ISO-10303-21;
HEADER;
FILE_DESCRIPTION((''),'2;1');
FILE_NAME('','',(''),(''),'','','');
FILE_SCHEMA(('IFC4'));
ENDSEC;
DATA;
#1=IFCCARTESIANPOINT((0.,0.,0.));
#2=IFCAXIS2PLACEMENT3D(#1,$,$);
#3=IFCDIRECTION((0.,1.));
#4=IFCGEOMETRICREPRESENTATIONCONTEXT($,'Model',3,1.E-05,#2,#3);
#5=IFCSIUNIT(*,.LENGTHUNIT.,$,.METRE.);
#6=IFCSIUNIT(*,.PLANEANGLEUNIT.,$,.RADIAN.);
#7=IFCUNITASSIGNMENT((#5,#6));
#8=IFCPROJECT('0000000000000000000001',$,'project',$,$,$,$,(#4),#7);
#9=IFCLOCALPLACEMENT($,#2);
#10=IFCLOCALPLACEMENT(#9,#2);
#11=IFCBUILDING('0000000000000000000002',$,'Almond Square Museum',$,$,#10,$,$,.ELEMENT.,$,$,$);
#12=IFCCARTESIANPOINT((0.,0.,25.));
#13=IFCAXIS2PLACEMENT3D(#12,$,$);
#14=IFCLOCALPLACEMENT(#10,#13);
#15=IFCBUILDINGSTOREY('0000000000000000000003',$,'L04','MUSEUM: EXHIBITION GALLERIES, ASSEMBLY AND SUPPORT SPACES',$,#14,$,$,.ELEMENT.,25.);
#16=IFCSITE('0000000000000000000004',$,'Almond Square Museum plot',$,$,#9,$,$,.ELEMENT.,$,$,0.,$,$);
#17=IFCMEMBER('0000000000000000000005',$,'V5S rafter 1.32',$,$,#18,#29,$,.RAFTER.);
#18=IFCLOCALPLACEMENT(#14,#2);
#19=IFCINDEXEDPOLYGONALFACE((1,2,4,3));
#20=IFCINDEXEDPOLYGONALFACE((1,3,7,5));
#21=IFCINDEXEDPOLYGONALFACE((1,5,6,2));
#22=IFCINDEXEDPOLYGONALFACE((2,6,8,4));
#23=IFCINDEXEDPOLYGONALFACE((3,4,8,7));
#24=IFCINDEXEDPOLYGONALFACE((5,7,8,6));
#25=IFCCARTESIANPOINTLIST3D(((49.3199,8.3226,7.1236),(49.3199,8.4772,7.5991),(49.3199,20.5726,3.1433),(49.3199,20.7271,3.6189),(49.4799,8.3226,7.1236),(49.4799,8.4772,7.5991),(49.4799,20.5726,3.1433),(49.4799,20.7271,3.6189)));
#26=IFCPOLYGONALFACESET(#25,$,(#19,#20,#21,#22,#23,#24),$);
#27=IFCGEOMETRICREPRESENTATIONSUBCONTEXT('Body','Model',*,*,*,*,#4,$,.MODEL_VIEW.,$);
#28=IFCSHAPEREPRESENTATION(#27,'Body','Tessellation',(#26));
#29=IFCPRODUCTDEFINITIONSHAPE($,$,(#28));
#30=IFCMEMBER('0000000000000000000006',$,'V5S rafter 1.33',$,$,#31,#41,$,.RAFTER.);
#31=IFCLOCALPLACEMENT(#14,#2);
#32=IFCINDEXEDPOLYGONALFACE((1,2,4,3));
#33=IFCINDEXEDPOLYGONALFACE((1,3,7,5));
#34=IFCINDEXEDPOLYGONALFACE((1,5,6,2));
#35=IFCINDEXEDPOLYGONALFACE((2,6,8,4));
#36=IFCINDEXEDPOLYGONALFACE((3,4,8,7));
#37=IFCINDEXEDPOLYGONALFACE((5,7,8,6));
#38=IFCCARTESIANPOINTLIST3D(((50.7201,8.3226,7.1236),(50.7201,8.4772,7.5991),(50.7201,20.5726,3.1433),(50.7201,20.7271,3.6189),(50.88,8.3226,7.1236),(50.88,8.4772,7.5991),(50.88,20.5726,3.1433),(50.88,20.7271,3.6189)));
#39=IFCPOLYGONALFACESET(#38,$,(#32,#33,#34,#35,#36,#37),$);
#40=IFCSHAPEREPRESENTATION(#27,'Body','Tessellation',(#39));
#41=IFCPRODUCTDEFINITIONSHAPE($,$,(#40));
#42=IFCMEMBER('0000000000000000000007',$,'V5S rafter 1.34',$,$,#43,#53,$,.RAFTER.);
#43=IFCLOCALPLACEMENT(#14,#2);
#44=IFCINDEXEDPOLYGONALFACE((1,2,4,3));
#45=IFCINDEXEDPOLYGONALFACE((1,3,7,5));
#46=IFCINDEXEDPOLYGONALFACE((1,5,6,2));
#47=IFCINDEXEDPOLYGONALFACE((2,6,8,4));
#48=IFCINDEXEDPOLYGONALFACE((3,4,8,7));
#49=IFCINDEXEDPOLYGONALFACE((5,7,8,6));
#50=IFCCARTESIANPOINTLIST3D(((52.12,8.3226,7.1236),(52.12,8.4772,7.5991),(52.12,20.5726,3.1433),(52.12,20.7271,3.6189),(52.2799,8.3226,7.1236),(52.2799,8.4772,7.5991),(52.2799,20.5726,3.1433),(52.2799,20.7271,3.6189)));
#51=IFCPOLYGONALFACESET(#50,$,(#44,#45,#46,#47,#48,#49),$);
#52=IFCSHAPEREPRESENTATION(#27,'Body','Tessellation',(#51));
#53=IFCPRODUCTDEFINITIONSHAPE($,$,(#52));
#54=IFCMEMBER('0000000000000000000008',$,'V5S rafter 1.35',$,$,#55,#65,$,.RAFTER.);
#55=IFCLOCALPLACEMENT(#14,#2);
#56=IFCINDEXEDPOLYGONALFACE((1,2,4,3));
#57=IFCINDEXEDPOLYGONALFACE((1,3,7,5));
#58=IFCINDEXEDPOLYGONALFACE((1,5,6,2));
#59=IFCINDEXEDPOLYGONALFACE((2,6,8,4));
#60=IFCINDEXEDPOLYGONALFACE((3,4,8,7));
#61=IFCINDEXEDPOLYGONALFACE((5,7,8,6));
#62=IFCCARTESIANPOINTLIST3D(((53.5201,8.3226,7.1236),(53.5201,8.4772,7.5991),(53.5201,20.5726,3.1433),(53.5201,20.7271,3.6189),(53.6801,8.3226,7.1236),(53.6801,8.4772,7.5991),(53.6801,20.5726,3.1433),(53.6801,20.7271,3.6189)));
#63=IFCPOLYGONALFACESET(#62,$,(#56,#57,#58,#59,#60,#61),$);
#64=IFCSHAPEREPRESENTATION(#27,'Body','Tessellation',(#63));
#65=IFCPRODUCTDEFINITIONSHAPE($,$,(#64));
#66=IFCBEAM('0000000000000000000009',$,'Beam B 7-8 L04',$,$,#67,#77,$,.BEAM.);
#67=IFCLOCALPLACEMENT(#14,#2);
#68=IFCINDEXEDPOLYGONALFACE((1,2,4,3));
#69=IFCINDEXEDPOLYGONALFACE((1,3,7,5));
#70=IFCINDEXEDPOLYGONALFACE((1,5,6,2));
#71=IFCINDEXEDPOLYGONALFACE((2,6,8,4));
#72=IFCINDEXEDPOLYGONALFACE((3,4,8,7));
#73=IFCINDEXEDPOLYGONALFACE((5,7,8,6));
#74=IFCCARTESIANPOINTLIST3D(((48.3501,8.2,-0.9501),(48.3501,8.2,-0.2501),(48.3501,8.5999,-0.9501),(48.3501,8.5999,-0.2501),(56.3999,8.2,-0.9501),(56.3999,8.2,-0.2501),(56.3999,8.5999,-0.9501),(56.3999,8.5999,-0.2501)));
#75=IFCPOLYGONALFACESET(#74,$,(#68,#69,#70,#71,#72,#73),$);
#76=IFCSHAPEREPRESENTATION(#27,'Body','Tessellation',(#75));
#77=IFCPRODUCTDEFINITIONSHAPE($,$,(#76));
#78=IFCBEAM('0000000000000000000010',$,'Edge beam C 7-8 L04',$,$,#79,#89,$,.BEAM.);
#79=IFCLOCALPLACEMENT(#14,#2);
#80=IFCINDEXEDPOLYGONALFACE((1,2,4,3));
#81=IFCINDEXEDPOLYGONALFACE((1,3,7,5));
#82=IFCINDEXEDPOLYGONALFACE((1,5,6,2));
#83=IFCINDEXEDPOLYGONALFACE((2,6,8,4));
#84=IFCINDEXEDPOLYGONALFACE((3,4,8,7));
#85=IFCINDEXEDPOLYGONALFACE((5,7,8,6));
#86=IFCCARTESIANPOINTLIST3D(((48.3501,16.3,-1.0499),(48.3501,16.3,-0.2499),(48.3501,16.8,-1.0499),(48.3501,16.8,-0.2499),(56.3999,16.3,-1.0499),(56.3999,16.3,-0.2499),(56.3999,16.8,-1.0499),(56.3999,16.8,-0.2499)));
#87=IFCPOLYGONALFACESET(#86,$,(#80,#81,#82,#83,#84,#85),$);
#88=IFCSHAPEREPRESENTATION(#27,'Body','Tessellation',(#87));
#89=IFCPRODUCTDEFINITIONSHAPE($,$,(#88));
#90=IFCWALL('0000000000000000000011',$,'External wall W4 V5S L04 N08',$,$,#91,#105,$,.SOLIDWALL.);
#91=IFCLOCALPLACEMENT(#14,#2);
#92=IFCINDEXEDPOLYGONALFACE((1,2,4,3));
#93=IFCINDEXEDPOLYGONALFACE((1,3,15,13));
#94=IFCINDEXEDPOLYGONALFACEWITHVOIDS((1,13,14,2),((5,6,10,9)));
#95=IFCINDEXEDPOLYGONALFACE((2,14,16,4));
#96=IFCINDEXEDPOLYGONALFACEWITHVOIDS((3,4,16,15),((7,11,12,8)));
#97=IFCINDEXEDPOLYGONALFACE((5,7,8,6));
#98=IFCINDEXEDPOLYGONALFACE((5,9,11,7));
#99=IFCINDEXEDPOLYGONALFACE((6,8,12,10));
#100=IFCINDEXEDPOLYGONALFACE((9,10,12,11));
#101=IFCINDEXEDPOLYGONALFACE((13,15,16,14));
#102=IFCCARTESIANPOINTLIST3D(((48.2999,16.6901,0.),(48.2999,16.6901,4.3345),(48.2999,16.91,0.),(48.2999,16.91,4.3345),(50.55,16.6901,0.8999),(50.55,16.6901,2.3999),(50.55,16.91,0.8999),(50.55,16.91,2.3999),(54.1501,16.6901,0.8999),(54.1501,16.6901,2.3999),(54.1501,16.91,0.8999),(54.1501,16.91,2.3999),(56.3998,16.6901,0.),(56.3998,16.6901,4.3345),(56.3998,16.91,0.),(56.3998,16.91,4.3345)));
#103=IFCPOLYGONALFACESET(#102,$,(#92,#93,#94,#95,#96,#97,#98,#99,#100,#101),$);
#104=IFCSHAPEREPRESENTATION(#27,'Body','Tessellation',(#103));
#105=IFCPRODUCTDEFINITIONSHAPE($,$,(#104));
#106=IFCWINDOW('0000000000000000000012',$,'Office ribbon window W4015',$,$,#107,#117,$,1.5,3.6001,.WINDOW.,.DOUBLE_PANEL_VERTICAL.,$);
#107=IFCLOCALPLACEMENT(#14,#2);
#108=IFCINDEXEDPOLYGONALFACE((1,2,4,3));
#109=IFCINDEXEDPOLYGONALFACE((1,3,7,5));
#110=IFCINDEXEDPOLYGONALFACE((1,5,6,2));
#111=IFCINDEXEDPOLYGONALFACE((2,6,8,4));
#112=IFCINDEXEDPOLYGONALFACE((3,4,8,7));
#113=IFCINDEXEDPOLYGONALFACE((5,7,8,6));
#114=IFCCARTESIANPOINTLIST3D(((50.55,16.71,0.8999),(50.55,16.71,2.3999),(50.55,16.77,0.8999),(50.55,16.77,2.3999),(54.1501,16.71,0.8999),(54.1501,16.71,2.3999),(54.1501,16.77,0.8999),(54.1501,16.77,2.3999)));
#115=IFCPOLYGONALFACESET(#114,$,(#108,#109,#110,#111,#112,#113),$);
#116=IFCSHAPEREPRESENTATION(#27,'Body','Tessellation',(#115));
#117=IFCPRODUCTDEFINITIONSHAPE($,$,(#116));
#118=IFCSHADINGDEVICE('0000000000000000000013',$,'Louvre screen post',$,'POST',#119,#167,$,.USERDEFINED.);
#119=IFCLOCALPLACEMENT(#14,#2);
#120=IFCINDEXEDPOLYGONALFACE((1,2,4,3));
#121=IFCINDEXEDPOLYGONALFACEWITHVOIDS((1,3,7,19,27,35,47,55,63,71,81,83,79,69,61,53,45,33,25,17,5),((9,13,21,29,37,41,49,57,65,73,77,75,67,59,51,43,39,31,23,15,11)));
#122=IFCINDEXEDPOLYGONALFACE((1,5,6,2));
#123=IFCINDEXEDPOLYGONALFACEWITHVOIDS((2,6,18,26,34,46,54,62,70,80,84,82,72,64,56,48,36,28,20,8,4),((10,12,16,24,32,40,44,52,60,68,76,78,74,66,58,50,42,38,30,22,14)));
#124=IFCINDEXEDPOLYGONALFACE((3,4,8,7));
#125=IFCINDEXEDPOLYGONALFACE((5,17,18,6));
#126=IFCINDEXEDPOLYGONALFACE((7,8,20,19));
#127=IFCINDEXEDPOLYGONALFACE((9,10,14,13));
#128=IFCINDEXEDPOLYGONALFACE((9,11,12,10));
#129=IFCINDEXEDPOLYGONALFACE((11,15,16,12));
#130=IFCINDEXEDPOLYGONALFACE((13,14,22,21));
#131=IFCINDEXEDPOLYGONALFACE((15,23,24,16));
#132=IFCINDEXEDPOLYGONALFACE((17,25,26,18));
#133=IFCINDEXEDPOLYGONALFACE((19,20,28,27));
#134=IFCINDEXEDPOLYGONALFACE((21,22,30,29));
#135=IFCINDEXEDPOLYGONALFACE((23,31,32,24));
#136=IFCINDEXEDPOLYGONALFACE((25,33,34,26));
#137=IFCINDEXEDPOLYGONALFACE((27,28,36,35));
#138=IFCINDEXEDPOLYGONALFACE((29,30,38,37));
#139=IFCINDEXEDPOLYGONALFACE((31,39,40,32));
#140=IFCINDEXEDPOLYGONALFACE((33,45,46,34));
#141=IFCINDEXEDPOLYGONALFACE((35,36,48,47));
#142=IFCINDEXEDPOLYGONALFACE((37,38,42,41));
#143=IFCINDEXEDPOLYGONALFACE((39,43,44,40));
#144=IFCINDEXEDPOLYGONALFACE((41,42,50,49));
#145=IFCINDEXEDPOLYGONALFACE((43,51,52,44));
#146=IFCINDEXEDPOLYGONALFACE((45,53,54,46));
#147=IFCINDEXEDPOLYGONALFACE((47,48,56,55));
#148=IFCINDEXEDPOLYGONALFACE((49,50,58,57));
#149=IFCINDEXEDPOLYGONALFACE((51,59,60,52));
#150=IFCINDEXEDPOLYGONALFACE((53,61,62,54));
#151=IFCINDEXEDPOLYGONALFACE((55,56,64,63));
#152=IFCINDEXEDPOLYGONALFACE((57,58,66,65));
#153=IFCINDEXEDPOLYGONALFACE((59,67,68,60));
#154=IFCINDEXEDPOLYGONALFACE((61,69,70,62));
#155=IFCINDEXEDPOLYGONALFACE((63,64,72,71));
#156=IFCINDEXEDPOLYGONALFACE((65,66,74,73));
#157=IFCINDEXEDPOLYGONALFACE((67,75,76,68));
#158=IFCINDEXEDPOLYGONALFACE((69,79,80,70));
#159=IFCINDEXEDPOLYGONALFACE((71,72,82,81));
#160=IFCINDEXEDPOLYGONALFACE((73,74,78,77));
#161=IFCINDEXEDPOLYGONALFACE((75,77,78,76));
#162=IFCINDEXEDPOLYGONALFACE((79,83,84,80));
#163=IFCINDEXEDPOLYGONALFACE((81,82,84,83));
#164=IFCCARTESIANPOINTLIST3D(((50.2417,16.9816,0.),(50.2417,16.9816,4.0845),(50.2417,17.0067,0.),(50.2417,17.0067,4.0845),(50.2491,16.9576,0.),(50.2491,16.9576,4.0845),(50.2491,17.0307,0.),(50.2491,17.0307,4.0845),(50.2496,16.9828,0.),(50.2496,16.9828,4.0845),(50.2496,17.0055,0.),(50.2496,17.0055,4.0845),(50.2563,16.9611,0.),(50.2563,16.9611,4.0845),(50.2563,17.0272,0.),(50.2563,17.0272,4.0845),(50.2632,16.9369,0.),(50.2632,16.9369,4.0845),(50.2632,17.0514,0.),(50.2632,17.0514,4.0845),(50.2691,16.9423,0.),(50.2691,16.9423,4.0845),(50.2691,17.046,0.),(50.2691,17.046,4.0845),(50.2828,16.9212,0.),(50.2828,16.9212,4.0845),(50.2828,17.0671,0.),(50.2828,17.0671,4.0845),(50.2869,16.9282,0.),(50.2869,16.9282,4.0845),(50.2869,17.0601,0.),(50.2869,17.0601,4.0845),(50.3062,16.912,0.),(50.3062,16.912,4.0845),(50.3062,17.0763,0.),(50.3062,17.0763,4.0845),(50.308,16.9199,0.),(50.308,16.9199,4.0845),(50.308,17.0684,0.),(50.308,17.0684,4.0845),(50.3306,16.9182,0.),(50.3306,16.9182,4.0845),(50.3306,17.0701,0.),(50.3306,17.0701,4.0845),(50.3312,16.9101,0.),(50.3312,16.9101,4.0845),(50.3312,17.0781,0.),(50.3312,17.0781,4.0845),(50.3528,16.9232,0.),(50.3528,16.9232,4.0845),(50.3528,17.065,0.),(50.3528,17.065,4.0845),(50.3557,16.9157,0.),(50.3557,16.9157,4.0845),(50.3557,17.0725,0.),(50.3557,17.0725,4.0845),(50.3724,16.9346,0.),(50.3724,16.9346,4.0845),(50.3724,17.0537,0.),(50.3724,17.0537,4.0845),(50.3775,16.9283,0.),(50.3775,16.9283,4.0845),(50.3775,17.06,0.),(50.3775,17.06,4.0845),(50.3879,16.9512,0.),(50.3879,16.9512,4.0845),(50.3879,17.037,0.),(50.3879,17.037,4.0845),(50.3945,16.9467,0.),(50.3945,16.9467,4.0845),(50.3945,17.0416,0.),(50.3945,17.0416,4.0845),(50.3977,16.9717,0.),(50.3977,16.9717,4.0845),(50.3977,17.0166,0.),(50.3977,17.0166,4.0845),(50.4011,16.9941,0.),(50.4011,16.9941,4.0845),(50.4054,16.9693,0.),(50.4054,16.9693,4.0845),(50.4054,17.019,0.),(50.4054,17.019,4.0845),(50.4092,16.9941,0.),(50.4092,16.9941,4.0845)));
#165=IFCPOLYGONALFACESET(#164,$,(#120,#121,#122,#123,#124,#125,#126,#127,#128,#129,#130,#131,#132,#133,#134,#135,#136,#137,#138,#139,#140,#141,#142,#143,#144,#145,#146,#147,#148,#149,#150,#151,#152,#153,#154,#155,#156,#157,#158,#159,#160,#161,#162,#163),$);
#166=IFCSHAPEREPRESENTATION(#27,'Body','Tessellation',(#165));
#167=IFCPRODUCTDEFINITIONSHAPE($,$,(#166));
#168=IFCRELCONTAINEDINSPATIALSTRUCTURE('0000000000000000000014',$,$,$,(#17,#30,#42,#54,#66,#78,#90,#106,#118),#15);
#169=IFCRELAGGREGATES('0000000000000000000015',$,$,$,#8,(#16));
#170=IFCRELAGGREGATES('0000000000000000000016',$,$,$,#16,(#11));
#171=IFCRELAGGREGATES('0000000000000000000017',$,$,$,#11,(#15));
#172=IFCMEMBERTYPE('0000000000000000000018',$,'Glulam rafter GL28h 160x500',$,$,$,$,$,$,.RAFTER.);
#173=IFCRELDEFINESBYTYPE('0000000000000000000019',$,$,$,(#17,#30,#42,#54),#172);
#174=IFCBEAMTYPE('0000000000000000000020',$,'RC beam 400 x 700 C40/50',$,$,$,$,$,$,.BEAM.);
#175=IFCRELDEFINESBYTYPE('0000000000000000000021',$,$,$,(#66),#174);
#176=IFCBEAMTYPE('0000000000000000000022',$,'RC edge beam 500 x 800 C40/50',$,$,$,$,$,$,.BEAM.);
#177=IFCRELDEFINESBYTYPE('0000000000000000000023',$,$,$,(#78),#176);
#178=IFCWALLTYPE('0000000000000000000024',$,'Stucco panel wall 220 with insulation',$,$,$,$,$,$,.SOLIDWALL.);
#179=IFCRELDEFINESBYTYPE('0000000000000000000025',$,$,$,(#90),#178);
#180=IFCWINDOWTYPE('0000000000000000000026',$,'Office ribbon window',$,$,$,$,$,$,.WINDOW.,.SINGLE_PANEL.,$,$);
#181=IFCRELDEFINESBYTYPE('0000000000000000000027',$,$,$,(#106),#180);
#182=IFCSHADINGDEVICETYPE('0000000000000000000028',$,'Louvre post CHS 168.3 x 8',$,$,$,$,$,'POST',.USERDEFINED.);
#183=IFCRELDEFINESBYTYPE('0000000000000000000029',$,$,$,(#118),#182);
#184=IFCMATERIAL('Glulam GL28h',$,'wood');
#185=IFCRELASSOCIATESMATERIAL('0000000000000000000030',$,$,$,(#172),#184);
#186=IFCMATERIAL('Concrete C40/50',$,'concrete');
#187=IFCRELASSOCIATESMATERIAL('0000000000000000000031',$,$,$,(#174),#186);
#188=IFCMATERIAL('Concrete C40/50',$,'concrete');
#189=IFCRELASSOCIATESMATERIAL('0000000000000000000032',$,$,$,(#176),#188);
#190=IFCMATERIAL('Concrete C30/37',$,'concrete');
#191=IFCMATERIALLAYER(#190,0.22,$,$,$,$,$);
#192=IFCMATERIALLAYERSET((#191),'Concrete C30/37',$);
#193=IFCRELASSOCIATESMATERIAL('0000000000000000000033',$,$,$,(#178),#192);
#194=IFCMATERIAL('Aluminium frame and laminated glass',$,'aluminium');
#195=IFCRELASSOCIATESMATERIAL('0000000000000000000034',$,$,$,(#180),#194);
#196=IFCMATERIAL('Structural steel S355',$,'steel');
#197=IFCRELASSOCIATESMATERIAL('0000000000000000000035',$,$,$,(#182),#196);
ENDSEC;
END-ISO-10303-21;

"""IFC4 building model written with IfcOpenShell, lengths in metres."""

from ifc_helpers import new_model, si_unit, direction, frame, frame_2d, origin, origin_2d, place, context, subcontext, project, spatial, rectangle, hollow_circle, extrude, material, layer, layer_set, material_profile, profile_set, type_object, element, fill, save


model = new_model("IFC4")

# Units and contexts
model_context = context("Model", 3, precision=1e-05, world=origin(), true_north=direction((0.0, 1.0)))
body_context = subcontext(model_context, "Body", "Model", "MODEL_VIEW")
ifc_project = project(units=[si_unit("LENGTHUNIT", "METRE"), si_unit("PLANEANGLEUNIT", "RADIAN")], contexts=[model_context])

# Site, building, storey
site_placement = place(None, origin())
site = spatial("IfcSite", under=ifc_project, at=site_placement, Name="Almond Square Museum plot", CompositionType="ELEMENT", RefElevation=0.0)
building_placement = place(site_placement, origin())
building = spatial("IfcBuilding", under=site, at=building_placement, Name="Almond Square Museum", CompositionType="ELEMENT")
storey_placement = place(building_placement, frame((0.0, 0.0, 25.0)))
storey = spatial("IfcBuildingStorey", under=building, at=storey_placement, Name="L04", Description="MUSEUM: EXHIBITION GALLERIES, ASSEMBLY AND SUPPORT SPACES", CompositionType="ELEMENT", Elevation=25.0)

# Members
ifc_material_1 = material(Name="Glulam GL28h", Category="wood")
ifc_material_profile_1 = material_profile(ifc_material_1, rectangle(XDim=0.1599, YDim=0.5, at=origin_2d()))
ifc_profile_set_1 = profile_set([ifc_material_profile_1], Name="Glulam GL28h")
member_type = type_object("IfcMemberType", Name="Glulam rafter GL28h 160x500", PredefinedType="RAFTER", material=ifc_profile_set_1)
for number, where, z_axis, x_axis, name in (
    (1, (49.3999, 8.3999, 7.3613), (0.0, 0.951057, -0.309014), (-1.0, 0.0, 0.0), "V5S rafter 1.32"),
    (2, (50.8, 8.3999, 7.3613), (0.0, 0.951057, -0.309014), (-1.0, 0.0, 0.0), "V5S rafter 1.33"),
    (3, (52.2, 8.3999, 7.3613), (0.0, 0.951057, -0.309014), (-1.0, 0.0, 0.0), "V5S rafter 1.34"),
    (4, (53.6001, 8.3999, 7.3613), (0.0, 0.951057, -0.309014), (-1.0, 0.0, 0.0), "V5S rafter 1.35"),
):
    element("IfcMember", number, at=place(storey_placement, frame(where, z_axis=z_axis, x_axis=x_axis)), inside=storey, type_object=member_type, Name=name, PredefinedType="RAFTER", context=body_context, shape_type="SweptSolid", body=[
        extrude(rectangle(XDim=0.1599, YDim=0.5, at=origin_2d()), origin(), (0.0, 0.0, 1.0), 12.8804),
    ])

# Beams
ifc_material_2 = material(Name="Concrete C40/50", Category="concrete")
ifc_material_profile_2 = material_profile(ifc_material_2, rectangle(XDim=0.3999, YDim=0.7, at=origin_2d()))
ifc_profile_set_2 = profile_set([ifc_material_profile_2], Name="Concrete C40/50")
beam_type_1 = type_object("IfcBeamType", Name="RC beam 400 x 700 C40/50", PredefinedType="BEAM", material=ifc_profile_set_2)
beam_1_placement = place(storey_placement, frame((48.3501, 8.3999, -0.6001), z_axis=(1.0, 0.0, 0.0), x_axis=(0.0, 1.0, 0.0)))
element("IfcBeam", 5, at=beam_1_placement, inside=storey, type_object=beam_type_1, Name="Beam B 7-8 L04", PredefinedType="BEAM", context=body_context, shape_type="SweptSolid", body=[
    extrude(rectangle(XDim=0.3999, YDim=0.7, at=origin_2d()), origin(), (0.0, 0.0, 1.0), 8.0498),
])
ifc_material_3 = material(Name="Concrete C40/50", Category="concrete")
ifc_material_profile_3 = material_profile(ifc_material_3, rectangle(XDim=0.5, YDim=0.8, at=origin_2d()))
ifc_profile_set_3 = profile_set([ifc_material_profile_3], Name="Concrete C40/50")
beam_type_2 = type_object("IfcBeamType", Name="RC edge beam 500 x 800 C40/50", PredefinedType="BEAM", material=ifc_profile_set_3)
beam_2_placement = place(storey_placement, frame((48.3501, 16.55, -0.6499), z_axis=(1.0, 0.0, 0.0), x_axis=(0.0, 1.0, 0.0)))
element("IfcBeam", 6, at=beam_2_placement, inside=storey, type_object=beam_type_2, Name="Edge beam C 7-8 L04", PredefinedType="BEAM", context=body_context, shape_type="SweptSolid", body=[
    extrude(rectangle(XDim=0.5, YDim=0.8, at=origin_2d()), origin(), (0.0, 0.0, 1.0), 8.0498),
])

# Wall, opening, window
ifc_material_4 = material(Name="Concrete C30/37", Category="concrete")
ifc_layer = layer(ifc_material_4, 0.22)
ifc_layer_set = layer_set([ifc_layer], Name="Concrete C30/37")
wall_type = type_object("IfcWallType", Name="Stucco panel wall 220 with insulation", PredefinedType="SOLIDWALL", material=ifc_layer_set)
wall_placement = place(storey_placement, frame((48.3, 16.8, 0.0), z_axis=(0.0, 0.0, 1.0), x_axis=(1.0, 0.0, 0.0)))
wall = element("IfcWall", 7, at=wall_placement, inside=storey, type_object=wall_type, Name="External wall W4 V5S L04 N08", PredefinedType="SOLIDWALL", context=body_context, shape_type="SweptSolid", body=[
    extrude(rectangle(XDim=8.0999, YDim=0.22, at=frame_2d((4.0498, 0.0))), origin(), (0.0, 0.0, 1.0), 4.3345),
])
opening_placement = place(wall_placement, frame((2.25, 0.0, 0.8999)))
opening = element("IfcOpeningElement", 8, at=opening_placement, cuts=wall, PredefinedType="OPENING", context=body_context, shape_type="SweptSolid", body=[
    extrude(rectangle(XDim=3.6001, YDim=1.5, at=frame_2d((1.8, 0.75))), frame((0.0, 0.1199, 0.0), z_axis=(0.0, -1.0, 0.0), x_axis=(1.0, 0.0, 0.0)), (0.0, 0.0, 1.0), 0.24),
])
ifc_material_5 = material(Name="Aluminium frame and laminated glass", Category="aluminium")
window_type = type_object("IfcWindowType", Name="Office ribbon window", PartitioningType="SINGLE_PANEL", PredefinedType="WINDOW", material=ifc_material_5)
window_placement = place(opening_placement, origin())
window = element("IfcWindow", 9, at=window_placement, inside=storey, type_object=window_type, Name="Office ribbon window W4015", OverallHeight=1.5, OverallWidth=3.6001, PartitioningType="DOUBLE_PANEL_VERTICAL", PredefinedType="WINDOW", context=body_context, shape_type="SweptSolid", body=[
    extrude(rectangle(XDim=3.6001, YDim=1.5, at=frame_2d((1.8, 0.75))), frame((0.0, -0.03, 0.0), z_axis=(0.0, -1.0, 0.0), x_axis=(1.0, 0.0, 0.0)), (0.0, 0.0, 1.0), 0.0601),
])
fill(opening, window)

# Shading device
ifc_material_6 = material(Name="Structural steel S355", Category="steel")
ifc_material_profile_4 = material_profile(ifc_material_6, hollow_circle(Radius=0.0842, WallThickness=0.0081, at=origin_2d()))
ifc_profile_set_4 = profile_set([ifc_material_profile_4], Name="Structural steel S355")
shading_device_type = type_object("IfcShadingDeviceType", Name="Louvre post CHS 168.3 x 8", ElementType="POST", PredefinedType="USERDEFINED", material=ifc_profile_set_4)
for number, where, z_axis, x_axis, name in (
    (10, (50.325, 16.9941, 0.0), (0.0, 0.0, 1.0), (1.0, 0.0, 0.0), "Louvre screen post"),
):
    element("IfcShadingDevice", number, at=place(storey_placement, frame(where, z_axis=z_axis, x_axis=x_axis)), inside=storey, type_object=shading_device_type, Name=name, ObjectType="POST", PredefinedType="USERDEFINED", context=body_context, shape_type="SweptSolid", body=[
        extrude(hollow_circle(Radius=0.0842, WallThickness=0.0081, at=origin_2d()), origin(), (0.0, 0.0, 1.0), 4.0845),
    ])

save(model, "model.ifc")
